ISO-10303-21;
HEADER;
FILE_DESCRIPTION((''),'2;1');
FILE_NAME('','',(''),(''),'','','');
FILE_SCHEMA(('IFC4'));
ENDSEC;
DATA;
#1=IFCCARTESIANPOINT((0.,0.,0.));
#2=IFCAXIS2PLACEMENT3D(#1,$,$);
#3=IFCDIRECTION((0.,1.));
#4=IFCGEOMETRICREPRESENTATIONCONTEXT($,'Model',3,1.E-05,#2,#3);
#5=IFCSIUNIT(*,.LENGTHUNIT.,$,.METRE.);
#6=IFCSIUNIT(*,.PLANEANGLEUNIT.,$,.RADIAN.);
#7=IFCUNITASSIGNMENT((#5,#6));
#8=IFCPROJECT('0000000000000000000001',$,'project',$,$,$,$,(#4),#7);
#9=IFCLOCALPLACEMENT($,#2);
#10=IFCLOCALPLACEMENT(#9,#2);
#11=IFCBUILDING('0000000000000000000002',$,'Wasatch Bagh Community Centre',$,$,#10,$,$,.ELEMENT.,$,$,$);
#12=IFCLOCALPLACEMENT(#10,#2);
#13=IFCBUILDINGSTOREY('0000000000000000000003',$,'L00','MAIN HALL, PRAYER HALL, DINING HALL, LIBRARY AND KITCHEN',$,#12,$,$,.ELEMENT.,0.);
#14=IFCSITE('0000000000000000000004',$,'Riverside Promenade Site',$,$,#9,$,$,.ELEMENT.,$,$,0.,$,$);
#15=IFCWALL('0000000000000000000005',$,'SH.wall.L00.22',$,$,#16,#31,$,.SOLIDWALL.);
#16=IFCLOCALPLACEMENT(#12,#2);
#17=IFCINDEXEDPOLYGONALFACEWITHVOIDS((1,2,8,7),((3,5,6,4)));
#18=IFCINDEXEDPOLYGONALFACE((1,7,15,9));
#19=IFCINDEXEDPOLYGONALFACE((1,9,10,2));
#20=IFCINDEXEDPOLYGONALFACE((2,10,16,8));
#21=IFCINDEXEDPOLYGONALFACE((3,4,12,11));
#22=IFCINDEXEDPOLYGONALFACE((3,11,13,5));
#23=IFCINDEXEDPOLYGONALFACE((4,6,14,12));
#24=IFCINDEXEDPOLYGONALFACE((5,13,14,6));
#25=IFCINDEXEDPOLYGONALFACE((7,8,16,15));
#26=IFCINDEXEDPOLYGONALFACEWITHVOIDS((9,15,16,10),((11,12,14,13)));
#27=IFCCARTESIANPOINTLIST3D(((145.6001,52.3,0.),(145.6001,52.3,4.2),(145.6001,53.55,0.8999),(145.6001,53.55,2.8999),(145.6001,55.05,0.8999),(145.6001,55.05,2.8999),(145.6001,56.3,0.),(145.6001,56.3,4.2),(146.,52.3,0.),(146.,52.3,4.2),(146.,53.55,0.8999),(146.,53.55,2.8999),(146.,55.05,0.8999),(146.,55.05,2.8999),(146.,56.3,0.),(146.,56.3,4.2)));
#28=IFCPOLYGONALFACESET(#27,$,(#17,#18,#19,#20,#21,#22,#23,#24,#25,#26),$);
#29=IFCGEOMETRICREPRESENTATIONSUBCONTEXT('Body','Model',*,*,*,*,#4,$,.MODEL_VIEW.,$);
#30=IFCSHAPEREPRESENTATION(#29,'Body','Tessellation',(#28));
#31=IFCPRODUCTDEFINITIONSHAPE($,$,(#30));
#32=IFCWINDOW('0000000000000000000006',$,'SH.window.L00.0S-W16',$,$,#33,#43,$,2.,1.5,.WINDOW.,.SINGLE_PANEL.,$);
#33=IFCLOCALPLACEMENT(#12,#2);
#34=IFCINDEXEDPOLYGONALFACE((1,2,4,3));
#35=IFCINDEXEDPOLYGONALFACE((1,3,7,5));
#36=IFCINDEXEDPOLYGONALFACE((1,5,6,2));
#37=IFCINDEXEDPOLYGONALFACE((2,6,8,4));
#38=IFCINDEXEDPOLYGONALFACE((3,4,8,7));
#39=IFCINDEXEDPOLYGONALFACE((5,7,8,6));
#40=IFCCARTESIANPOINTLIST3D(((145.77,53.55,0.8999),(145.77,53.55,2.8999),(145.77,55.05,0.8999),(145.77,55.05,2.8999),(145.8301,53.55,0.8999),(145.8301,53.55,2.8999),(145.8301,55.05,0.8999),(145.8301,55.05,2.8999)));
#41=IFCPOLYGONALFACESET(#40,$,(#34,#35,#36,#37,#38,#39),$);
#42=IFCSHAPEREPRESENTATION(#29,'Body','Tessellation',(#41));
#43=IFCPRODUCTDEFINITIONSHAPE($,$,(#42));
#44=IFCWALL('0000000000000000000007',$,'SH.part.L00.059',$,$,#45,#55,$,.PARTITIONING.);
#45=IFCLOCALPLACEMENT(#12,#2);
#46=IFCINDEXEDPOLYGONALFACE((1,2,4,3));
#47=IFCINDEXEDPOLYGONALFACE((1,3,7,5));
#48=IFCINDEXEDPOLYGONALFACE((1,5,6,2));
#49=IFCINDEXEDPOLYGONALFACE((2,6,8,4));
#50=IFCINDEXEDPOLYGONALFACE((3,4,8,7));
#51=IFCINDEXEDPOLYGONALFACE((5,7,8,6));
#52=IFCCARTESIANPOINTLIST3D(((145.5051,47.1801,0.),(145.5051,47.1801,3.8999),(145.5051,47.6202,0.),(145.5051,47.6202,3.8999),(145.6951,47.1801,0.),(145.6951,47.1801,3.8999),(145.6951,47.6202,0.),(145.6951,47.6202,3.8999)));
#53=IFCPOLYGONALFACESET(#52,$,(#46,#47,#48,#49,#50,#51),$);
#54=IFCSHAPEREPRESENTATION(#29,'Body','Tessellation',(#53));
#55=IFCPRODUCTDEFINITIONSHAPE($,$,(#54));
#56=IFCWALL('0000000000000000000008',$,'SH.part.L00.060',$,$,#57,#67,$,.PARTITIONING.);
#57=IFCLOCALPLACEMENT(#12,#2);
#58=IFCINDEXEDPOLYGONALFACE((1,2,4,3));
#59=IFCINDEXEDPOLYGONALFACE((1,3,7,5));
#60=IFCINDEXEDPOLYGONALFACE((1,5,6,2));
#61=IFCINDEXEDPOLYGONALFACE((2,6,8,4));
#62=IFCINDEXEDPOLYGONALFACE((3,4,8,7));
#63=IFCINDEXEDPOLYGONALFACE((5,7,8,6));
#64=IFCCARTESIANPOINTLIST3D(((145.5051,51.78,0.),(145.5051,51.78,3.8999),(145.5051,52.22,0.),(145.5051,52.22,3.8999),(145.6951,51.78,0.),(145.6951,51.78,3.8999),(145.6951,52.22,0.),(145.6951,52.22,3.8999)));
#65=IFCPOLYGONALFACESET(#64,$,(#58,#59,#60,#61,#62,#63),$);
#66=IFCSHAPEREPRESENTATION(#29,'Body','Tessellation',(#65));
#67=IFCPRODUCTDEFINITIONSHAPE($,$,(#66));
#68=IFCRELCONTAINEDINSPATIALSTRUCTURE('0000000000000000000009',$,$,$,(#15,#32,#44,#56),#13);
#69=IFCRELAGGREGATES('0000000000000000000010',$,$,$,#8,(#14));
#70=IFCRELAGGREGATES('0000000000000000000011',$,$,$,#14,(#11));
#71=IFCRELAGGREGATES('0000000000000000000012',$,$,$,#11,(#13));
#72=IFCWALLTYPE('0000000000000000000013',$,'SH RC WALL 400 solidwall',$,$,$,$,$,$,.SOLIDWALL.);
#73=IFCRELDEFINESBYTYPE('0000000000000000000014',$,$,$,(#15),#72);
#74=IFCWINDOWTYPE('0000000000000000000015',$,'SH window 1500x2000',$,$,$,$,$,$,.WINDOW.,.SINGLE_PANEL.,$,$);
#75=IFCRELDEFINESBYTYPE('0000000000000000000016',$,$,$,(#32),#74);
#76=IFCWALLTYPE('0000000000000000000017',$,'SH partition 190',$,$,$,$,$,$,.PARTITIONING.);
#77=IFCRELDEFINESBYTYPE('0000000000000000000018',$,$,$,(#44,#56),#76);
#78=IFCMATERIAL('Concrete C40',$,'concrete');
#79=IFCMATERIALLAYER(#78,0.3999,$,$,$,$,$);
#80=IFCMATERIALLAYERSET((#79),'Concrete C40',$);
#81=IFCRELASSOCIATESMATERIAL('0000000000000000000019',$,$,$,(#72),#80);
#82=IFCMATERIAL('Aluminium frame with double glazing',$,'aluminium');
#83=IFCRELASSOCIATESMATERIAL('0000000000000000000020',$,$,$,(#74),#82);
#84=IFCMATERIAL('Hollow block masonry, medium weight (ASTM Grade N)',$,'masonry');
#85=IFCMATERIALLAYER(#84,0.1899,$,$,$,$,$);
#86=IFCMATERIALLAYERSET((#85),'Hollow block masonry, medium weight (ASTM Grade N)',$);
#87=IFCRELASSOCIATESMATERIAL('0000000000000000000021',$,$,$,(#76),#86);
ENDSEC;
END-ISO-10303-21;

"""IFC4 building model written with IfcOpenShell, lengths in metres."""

from ifc_helpers import new_model, si_unit, direction, frame, frame_2d, origin, place, context, subcontext, project, spatial, rectangle, extrude, material, layer, layer_set, type_object, element, fill, save


model = new_model("IFC4")

# Units and contexts
model_context = context("Model", 3, precision=1e-05, world=origin(), true_north=direction((0.0, 1.0)))
body_context = subcontext(model_context, "Body", "Model", "MODEL_VIEW")
ifc_project = project(units=[si_unit("LENGTHUNIT", "METRE"), si_unit("PLANEANGLEUNIT", "RADIAN")], contexts=[model_context])

# Site, building, storey
site_placement = place(None, origin())
site = spatial("IfcSite", under=ifc_project, at=site_placement, Name="Riverside Promenade Site", CompositionType="ELEMENT", RefElevation=0.0)
building_placement = place(site_placement, origin())
building = spatial("IfcBuilding", under=site, at=building_placement, Name="Wasatch Bagh Community Centre", CompositionType="ELEMENT")
storey_placement = place(building_placement, origin())
storey = spatial("IfcBuildingStorey", under=building, at=storey_placement, Name="L00", Description="MAIN HALL, PRAYER HALL, DINING HALL, LIBRARY AND KITCHEN", CompositionType="ELEMENT", Elevation=0.0)

# Shared definitions
ifc_material_1 = material(Name="Concrete C40", Category="concrete")

# Shared definitions
ifc_layer_1 = layer(ifc_material_1, 0.3999)
ifc_layer_set_1 = layer_set([ifc_layer_1], Name="Concrete C40")
wall_type_1 = type_object("IfcWallType", Name="SH RC WALL 400 solidwall", PredefinedType="SOLIDWALL", material=ifc_layer_set_1)

# Wall, opening, window
wall_1_placement = place(storey_placement, frame((145.8, 52.3, 0.0), z_axis=(0.0, 0.0, 1.0), x_axis=(0.0, 1.0, 0.0)))
wall_1 = element("IfcWall", 1, at=wall_1_placement, inside=storey, type_object=wall_type_1, Name="SH.wall.L00.22", PredefinedType="SOLIDWALL", context=body_context, shape_type="SweptSolid", body=[
    extrude(rectangle(XDim=4.0, YDim=0.3999, at=frame_2d((2.0, 0.0))), origin(), (0.0, 0.0, 1.0), 4.2),
])
opening_1_placement = place(wall_1_placement, frame((1.25, 0.0, 0.8999)))
opening_1 = element("IfcOpeningElement", 2, at=opening_1_placement, cuts=wall_1, PredefinedType="OPENING", context=body_context, shape_type="SweptSolid", body=[
    extrude(rectangle(XDim=1.5, YDim=2.0, at=frame_2d((0.75, 1.0))), frame((0.0, 0.21, 0.0), z_axis=(0.0, -1.0, 0.0), x_axis=(1.0, 0.0, 0.0)), (0.0, 0.0, 1.0), 0.4199),
])
ifc_material_2 = material(Name="Aluminium frame with double glazing", Category="aluminium")
window_type = type_object("IfcWindowType", Name="SH window 1500x2000", PartitioningType="SINGLE_PANEL", PredefinedType="WINDOW", material=ifc_material_2)
window_placement = place(opening_1_placement, origin())
window = element("IfcWindow", 3, at=window_placement, inside=storey, type_object=window_type, Name="SH.window.L00.0S-W16", OverallHeight=2.0, OverallWidth=1.5, PartitioningType="SINGLE_PANEL", PredefinedType="WINDOW", context=body_context, shape_type="SweptSolid", body=[
    extrude(rectangle(XDim=1.5, YDim=2.0, at=frame_2d((0.75, 1.0))), frame((0.0, 0.03, 0.0), z_axis=(0.0, -1.0, 0.0), x_axis=(1.0, 0.0, 0.0)), (0.0, 0.0, 1.0), 0.0601),
])
fill(opening_1, window)

# Walls
ifc_material_3 = material(Name="Hollow block masonry, medium weight (ASTM Grade N)", Category="masonry")
ifc_layer_2 = layer(ifc_material_3, 0.1899)
ifc_layer_set_2 = layer_set([ifc_layer_2], Name="Hollow block masonry, medium weight (ASTM Grade N)")
wall_type_2 = type_object("IfcWallType", Name="SH partition 190", PredefinedType="PARTITIONING", material=ifc_layer_set_2)
wall_2_placement = place(storey_placement, frame((145.6001, 47.1799, 0.0), z_axis=(0.0, 0.0, 1.0), x_axis=(0.0, 1.0, 0.0)))
element("IfcWall", 4, at=wall_2_placement, inside=storey, type_object=wall_type_2, Name="SH.part.L00.059", PredefinedType="PARTITIONING", context=body_context, shape_type="SweptSolid", body=[
    extrude(rectangle(XDim=0.4402, YDim=0.1899, at=frame_2d((0.2202, 0.0))), origin(), (0.0, 0.0, 1.0), 3.8999),
])
wall_3_placement = place(storey_placement, frame((145.6001, 51.78, 0.0), z_axis=(0.0, 0.0, 1.0), x_axis=(0.0, 1.0, 0.0)))
element("IfcWall", 5, at=wall_3_placement, inside=storey, type_object=wall_type_2, Name="SH.part.L00.060", PredefinedType="PARTITIONING", context=body_context, shape_type="SweptSolid", body=[
    extrude(rectangle(XDim=0.4399, YDim=0.1899, at=frame_2d((0.22, 0.0))), origin(), (0.0, 0.0, 1.0), 3.8999),
])

save(model, "model.ifc")
